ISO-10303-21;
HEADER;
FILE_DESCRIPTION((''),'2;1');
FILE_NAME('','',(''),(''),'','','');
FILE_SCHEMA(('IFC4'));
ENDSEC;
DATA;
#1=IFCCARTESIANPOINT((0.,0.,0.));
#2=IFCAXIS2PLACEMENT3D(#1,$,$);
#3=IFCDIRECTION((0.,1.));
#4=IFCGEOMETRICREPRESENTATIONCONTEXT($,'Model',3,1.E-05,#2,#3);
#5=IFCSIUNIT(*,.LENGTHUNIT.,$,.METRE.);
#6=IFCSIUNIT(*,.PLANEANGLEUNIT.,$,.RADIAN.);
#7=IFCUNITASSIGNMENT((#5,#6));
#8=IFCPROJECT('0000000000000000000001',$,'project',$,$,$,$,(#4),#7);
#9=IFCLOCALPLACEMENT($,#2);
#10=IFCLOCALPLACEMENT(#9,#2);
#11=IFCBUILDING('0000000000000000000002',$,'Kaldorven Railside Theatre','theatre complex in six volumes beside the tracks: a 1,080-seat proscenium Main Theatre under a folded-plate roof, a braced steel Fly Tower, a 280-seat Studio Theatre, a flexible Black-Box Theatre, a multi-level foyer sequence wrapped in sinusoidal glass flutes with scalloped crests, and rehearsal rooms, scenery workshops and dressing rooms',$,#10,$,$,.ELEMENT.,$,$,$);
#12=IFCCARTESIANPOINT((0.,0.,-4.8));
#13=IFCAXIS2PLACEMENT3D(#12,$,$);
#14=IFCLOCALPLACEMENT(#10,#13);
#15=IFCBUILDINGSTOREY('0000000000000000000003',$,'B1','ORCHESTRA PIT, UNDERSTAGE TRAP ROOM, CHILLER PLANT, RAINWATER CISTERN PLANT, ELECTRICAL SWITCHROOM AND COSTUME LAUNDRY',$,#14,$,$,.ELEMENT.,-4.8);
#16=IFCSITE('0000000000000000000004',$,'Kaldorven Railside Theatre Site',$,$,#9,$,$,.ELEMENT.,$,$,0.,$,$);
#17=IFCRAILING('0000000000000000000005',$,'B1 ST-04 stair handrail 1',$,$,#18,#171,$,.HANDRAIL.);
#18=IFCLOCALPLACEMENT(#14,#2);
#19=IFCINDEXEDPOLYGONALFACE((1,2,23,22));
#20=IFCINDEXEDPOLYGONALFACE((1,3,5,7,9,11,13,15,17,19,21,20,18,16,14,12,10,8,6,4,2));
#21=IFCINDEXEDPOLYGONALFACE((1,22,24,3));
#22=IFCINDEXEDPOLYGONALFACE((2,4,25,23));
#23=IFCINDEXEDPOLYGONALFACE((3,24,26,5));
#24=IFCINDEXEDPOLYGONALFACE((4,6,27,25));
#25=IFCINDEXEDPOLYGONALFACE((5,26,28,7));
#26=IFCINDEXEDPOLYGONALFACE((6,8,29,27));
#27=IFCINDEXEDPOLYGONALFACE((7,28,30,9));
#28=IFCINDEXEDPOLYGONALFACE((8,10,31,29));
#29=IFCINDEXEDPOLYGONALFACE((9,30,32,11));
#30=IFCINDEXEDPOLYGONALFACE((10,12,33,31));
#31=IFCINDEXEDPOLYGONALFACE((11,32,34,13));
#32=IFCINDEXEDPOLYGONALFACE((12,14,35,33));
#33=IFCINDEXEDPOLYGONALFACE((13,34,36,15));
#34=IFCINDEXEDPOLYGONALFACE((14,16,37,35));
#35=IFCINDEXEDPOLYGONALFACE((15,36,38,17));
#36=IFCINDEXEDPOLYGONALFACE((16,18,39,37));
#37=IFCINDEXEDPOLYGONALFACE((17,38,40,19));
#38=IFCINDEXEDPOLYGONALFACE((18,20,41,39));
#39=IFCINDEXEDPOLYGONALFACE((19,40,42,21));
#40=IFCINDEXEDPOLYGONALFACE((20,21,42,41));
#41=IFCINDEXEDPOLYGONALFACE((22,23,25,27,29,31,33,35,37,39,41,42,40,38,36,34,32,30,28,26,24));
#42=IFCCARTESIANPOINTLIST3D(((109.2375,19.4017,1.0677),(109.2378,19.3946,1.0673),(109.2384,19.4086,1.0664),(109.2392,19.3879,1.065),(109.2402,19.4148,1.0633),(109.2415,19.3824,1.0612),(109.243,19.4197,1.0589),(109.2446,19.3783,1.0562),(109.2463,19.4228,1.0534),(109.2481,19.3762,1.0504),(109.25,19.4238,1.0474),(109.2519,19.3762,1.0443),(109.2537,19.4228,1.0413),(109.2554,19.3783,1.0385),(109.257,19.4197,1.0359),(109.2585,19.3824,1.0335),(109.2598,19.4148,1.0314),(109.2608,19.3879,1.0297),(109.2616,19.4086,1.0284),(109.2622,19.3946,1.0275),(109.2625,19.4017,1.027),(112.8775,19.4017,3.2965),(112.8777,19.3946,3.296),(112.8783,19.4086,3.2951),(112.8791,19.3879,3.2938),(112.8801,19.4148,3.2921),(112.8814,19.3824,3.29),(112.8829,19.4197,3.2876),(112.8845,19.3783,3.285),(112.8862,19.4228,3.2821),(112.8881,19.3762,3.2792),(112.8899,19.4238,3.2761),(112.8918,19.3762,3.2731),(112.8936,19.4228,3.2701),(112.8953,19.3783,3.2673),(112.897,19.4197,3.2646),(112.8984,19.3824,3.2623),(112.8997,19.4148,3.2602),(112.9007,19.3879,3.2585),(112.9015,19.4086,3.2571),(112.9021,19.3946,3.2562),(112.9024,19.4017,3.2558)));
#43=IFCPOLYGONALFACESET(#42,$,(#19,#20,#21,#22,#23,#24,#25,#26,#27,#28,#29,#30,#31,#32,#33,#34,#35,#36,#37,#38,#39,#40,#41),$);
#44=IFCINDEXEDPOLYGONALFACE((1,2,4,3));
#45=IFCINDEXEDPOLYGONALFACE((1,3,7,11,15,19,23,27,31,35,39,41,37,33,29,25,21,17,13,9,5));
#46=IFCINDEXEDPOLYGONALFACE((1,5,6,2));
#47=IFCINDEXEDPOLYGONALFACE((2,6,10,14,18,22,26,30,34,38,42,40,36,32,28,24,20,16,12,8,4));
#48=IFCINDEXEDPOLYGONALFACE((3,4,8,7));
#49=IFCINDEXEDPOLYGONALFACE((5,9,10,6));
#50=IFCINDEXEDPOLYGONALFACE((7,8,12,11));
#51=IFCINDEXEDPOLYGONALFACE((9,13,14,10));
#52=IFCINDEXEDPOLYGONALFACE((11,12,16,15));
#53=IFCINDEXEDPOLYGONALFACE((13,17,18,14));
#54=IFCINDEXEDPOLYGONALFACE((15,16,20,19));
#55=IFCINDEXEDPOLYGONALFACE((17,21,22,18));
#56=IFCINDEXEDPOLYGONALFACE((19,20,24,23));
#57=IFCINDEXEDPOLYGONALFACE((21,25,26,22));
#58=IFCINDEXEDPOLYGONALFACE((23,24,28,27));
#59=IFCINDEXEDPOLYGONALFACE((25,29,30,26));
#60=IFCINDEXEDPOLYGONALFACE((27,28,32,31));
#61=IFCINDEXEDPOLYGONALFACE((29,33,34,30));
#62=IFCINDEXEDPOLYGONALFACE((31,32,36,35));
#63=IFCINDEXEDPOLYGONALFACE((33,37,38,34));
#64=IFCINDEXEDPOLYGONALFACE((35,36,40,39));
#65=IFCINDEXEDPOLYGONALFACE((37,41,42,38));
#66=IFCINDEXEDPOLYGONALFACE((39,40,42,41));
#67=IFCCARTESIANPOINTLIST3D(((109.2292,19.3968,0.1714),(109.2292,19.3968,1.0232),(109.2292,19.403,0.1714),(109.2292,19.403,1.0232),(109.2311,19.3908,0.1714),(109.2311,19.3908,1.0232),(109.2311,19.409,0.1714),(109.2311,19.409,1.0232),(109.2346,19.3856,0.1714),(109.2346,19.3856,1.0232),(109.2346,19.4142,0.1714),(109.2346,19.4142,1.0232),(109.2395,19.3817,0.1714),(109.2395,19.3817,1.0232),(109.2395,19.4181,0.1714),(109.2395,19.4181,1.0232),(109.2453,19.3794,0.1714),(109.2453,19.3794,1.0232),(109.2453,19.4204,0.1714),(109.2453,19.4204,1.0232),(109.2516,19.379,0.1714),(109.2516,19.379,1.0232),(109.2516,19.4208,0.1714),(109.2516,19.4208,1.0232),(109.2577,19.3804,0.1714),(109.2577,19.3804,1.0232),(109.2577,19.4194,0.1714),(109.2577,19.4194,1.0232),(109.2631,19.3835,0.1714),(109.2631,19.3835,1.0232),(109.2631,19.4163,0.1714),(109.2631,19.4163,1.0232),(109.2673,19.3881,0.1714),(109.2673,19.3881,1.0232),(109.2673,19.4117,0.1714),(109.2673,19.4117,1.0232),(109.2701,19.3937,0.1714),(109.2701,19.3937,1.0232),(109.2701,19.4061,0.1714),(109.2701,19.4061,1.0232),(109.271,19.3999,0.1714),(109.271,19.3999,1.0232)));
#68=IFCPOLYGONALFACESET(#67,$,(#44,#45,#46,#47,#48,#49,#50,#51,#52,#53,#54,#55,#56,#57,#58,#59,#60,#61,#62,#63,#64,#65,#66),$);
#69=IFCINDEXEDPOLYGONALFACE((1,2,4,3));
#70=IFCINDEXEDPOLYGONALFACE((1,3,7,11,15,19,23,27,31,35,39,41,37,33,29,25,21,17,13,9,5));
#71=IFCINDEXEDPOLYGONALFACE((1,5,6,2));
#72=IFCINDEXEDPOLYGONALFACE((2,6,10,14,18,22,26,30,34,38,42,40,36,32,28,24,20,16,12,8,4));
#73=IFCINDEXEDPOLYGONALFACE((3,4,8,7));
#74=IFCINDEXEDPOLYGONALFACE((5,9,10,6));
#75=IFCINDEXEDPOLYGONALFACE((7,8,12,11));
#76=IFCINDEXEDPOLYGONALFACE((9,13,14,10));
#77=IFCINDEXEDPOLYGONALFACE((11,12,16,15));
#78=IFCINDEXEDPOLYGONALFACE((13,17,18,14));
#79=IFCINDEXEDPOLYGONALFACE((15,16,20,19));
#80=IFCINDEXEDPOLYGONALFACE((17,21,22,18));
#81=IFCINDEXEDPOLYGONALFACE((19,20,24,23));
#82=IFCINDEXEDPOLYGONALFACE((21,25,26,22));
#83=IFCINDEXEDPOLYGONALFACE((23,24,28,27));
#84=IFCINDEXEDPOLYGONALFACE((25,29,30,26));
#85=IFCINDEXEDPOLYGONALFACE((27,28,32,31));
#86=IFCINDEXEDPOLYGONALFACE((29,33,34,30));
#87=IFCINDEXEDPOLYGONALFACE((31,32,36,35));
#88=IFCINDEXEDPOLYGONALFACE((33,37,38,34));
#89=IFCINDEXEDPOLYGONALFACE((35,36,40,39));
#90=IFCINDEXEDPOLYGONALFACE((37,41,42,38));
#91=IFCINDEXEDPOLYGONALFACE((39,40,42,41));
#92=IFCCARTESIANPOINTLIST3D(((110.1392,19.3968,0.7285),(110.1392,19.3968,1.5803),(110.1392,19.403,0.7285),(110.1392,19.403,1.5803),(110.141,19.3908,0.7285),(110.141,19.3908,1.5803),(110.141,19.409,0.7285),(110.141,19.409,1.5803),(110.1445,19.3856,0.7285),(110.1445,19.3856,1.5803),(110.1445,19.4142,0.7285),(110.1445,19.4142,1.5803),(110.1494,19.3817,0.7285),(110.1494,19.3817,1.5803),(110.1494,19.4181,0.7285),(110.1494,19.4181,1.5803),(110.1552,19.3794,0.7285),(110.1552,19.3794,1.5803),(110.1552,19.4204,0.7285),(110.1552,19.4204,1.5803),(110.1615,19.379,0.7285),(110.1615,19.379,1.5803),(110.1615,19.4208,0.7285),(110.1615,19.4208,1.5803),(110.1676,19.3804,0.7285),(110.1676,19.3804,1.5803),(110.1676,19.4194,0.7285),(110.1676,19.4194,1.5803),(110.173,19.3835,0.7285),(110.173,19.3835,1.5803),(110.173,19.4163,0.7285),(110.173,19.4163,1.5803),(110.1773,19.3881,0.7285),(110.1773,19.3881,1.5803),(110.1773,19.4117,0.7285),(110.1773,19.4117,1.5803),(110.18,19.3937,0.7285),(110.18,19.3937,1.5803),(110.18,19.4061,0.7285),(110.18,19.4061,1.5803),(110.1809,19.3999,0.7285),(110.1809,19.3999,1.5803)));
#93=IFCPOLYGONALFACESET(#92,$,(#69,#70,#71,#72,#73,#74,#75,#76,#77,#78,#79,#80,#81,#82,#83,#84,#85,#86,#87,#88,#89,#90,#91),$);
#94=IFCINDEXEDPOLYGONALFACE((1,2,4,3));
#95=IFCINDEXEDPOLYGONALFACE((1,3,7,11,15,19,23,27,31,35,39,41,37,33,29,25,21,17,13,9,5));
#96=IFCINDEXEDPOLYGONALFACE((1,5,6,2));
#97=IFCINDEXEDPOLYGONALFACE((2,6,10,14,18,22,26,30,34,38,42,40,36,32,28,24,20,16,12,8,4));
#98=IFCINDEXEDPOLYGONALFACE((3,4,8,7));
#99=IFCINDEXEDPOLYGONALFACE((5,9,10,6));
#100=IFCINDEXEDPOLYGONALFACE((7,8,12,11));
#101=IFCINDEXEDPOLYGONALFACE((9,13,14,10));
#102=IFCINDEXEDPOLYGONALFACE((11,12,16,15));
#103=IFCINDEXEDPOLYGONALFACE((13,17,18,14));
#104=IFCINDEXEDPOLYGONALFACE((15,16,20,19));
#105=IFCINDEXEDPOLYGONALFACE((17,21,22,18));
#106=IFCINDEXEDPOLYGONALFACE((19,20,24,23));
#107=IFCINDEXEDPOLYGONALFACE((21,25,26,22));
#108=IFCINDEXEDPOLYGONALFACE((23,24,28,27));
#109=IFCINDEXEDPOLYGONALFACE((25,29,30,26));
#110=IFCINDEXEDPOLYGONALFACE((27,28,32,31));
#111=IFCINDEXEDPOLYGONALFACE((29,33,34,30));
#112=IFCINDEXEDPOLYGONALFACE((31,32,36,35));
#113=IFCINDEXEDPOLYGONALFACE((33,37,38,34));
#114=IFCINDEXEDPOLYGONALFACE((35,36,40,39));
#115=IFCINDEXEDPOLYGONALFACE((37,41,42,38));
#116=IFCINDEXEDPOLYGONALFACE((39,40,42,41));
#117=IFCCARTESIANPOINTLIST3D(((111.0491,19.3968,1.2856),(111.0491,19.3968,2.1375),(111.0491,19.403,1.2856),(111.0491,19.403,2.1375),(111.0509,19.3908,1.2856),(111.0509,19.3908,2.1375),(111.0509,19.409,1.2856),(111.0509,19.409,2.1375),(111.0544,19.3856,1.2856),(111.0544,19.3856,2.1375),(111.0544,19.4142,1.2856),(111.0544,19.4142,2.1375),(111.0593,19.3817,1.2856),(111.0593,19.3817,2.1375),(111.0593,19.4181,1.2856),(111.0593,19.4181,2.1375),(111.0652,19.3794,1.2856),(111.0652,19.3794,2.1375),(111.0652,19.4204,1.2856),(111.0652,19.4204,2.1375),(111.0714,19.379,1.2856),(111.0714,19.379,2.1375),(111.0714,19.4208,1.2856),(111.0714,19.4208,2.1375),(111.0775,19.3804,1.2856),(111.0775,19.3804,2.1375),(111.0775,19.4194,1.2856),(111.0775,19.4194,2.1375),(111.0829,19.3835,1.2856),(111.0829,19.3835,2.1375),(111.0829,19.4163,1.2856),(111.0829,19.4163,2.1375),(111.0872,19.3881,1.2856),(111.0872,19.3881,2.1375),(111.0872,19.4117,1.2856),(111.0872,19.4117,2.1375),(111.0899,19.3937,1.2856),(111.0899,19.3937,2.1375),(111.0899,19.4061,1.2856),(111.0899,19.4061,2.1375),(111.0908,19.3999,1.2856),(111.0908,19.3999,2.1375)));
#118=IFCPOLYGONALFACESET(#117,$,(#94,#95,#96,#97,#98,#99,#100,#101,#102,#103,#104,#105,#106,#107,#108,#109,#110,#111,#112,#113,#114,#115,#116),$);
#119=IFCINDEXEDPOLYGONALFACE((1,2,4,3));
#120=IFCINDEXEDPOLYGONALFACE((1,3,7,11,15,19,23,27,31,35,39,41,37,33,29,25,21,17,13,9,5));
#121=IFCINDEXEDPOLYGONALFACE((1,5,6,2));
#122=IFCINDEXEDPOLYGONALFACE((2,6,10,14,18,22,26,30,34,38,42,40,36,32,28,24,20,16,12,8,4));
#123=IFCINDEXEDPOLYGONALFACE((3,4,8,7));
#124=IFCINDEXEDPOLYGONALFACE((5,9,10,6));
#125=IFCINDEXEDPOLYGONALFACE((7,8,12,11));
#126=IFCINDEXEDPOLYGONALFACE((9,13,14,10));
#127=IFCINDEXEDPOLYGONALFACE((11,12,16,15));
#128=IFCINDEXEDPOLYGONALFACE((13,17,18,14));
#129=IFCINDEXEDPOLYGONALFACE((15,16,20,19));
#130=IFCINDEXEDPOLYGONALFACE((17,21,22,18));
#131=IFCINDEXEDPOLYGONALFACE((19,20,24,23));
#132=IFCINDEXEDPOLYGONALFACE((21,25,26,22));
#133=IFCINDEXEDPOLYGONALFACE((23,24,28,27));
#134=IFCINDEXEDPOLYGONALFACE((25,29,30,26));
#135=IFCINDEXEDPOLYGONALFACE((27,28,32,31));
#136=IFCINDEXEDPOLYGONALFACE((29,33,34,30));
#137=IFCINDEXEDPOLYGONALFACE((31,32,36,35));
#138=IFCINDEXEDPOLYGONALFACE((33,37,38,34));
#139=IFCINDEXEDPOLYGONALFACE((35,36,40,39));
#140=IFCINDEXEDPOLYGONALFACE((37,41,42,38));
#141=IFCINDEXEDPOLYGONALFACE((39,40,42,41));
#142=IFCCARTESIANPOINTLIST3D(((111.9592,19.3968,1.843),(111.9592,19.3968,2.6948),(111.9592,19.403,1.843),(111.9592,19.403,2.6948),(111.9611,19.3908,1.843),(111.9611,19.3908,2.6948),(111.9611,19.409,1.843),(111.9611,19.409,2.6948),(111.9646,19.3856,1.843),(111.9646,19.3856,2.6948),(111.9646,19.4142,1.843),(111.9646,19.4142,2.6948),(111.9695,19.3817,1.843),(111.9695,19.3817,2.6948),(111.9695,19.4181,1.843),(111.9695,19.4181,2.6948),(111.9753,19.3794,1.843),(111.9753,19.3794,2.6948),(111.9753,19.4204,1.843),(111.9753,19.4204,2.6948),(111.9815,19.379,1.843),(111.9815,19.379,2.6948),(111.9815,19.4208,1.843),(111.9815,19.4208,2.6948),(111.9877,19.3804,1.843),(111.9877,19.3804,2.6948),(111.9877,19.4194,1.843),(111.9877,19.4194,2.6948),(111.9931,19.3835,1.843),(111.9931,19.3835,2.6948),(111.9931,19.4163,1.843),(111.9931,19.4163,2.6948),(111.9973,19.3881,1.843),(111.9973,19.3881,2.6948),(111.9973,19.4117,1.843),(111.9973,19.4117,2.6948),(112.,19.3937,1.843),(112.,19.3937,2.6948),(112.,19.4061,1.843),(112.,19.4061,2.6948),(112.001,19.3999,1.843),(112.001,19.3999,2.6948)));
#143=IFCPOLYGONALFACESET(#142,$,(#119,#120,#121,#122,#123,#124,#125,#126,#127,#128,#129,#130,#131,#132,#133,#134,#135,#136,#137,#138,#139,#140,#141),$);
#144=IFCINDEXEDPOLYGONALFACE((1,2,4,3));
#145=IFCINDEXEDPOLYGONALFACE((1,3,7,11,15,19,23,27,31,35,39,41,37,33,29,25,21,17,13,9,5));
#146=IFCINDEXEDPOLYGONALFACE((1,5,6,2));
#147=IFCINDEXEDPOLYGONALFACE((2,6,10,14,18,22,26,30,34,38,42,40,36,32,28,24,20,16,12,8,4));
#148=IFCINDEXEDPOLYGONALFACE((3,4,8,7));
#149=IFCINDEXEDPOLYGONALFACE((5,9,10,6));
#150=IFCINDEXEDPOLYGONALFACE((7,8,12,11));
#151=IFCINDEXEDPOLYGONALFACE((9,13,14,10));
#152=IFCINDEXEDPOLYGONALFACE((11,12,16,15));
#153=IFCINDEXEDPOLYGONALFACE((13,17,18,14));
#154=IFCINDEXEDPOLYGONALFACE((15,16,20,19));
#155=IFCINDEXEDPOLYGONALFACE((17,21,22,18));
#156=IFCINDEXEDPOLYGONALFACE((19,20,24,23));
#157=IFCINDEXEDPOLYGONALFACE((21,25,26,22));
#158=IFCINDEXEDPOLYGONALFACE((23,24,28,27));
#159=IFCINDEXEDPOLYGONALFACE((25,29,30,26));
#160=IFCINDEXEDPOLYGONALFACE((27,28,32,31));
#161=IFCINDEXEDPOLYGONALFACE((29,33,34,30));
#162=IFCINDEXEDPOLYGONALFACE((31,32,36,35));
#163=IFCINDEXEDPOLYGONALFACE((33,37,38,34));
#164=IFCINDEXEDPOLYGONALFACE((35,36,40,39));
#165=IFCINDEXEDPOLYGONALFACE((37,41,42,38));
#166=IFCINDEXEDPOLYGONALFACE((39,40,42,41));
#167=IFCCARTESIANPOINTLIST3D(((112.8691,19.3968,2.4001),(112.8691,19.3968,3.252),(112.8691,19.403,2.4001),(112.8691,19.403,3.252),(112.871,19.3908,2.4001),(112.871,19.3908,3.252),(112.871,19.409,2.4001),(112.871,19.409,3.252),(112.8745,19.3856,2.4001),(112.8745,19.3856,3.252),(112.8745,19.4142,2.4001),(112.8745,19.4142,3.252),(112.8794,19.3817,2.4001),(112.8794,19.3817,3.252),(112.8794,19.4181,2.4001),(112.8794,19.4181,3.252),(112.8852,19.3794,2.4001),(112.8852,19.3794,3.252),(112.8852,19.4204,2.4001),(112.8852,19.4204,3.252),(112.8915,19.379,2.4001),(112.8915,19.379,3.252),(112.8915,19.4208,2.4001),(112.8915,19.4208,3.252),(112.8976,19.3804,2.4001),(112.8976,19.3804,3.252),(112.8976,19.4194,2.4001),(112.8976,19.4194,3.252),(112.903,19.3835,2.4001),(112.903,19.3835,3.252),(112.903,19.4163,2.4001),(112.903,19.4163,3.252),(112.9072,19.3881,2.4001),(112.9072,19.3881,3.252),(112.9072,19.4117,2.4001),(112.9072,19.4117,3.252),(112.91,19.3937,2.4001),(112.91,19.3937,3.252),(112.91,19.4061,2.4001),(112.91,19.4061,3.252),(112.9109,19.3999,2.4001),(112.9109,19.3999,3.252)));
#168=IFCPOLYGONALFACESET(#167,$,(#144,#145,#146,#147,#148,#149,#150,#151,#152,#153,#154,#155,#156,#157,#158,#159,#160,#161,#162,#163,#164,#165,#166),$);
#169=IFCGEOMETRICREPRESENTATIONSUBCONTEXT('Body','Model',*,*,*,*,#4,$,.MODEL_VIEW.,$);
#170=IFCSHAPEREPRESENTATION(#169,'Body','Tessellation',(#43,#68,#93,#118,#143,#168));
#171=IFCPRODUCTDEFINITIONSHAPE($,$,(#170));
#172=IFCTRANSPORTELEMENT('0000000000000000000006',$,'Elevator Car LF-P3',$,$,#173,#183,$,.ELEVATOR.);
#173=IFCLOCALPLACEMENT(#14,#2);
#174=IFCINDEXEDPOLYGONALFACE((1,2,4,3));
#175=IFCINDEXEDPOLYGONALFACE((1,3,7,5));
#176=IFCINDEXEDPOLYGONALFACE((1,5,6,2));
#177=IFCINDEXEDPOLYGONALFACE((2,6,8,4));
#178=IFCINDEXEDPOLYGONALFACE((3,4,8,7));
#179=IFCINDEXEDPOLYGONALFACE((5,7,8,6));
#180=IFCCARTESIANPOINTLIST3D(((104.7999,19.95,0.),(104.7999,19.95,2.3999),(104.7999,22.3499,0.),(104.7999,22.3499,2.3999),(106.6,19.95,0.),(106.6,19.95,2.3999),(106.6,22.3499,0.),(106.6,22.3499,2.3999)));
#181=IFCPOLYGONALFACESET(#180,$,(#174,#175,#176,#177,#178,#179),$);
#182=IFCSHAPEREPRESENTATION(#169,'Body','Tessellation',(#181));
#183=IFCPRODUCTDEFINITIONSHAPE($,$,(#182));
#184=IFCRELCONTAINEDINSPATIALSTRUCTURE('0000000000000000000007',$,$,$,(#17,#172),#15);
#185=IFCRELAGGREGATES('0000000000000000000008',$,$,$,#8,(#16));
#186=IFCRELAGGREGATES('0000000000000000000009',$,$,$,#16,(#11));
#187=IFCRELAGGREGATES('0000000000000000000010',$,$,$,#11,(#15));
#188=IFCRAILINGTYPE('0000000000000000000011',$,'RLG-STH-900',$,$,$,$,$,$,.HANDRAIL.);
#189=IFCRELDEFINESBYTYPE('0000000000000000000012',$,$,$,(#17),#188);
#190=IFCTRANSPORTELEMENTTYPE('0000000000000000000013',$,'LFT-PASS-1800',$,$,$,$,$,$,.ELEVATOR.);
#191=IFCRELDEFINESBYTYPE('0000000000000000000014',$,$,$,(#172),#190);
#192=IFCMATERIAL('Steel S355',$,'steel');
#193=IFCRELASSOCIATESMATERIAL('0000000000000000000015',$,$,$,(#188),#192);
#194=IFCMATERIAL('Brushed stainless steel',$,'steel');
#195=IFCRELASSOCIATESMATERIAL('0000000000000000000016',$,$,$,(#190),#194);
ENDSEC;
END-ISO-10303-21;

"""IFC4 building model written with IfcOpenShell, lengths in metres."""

from ifc_helpers import new_model, si_unit, direction, frame, origin, origin_2d, place, context, subcontext, project, spatial, rectangle, circle, extrude, material, type_object, element, save


model = new_model("IFC4")

# Units and contexts
model_context = context("Model", 3, precision=1e-05, world=origin(), true_north=direction((0.0, 1.0)))
body_context = subcontext(model_context, "Body", "Model", "MODEL_VIEW")
ifc_project = project(units=[si_unit("LENGTHUNIT", "METRE"), si_unit("PLANEANGLEUNIT", "RADIAN")], contexts=[model_context])

# Site, building, storey
site_placement = place(None, origin())
site = spatial("IfcSite", under=ifc_project, at=site_placement, Name="Kaldorven Railside Theatre Site", CompositionType="ELEMENT", RefElevation=0.0)
building_placement = place(site_placement, origin())
building = spatial("IfcBuilding", under=site, at=building_placement, Name="Kaldorven Railside Theatre", Description="theatre complex in six volumes beside the tracks: a 1,080-seat proscenium Main Theatre under a folded-plate roof, a braced steel Fly Tower, a 280-seat Studio Theatre, a flexible Black-Box Theatre, a multi-level foyer sequence wrapped in sinusoidal glass flutes with scalloped crests, and rehearsal rooms, scenery workshops and dressing rooms", CompositionType="ELEMENT")
storey_placement = place(building_placement, frame((0.0, 0.0, -4.8)))
storey = spatial("IfcBuildingStorey", under=building, at=storey_placement, Name="B1", Description="ORCHESTRA PIT, UNDERSTAGE TRAP ROOM, CHILLER PLANT, RAINWATER CISTERN PLANT, ELECTRICAL SWITCHROOM AND COSTUME LAUNDRY", CompositionType="ELEMENT", Elevation=-4.8)

# Railing
ifc_material_1 = material(Name="Steel S355", Category="steel")
railing_type_1 = type_object("IfcRailingType", Name="RLG-STH-900", PredefinedType="HANDRAIL", material=ifc_material_1)
railing_1_placement = place(storey_placement, frame((109.25, 19.3999, 0.1714)))
element("IfcRailing", 1, at=railing_1_placement, inside=storey, type_object=railing_type_1, Name="B1 ST-04 stair handrail 1", PredefinedType="HANDRAIL", context=body_context, shape_type="SweptSolid", body=[
    extrude(circle(Radius=0.0239, at=origin_2d()), frame((0.0, 0.0, 0.876), z_axis=(0.852825, 0.0, 0.522197), x_axis=(0.0, 1.0, 0.0)), (0.0, 0.0, 1.0), 4.2681),
    extrude(circle(Radius=0.021, at=origin_2d()), origin(), (0.0, 0.0, 1.0), 0.8518),
    extrude(circle(Radius=0.021, at=origin_2d()), frame((0.9099, 0.0, 0.5571)), (0.0, 0.0, 1.0), 0.8518),
    extrude(circle(Radius=0.021, at=origin_2d()), frame((1.8198, 0.0, 1.1143)), (0.0, 0.0, 1.0), 0.8518),
    extrude(circle(Radius=0.021, at=origin_2d()), frame((2.73, 0.0, 1.6716)), (0.0, 0.0, 1.0), 0.8518),
    extrude(circle(Radius=0.021, at=origin_2d()), frame((3.6399, 0.0, 2.2288)), (0.0, 0.0, 1.0), 0.8518),
])

# Transport element
ifc_material_2 = material(Name="Brushed stainless steel", Category="steel")
transport_element_type = type_object("IfcTransportElementType", Name="LFT-PASS-1800", PredefinedType="ELEVATOR", material=ifc_material_2)
transport_element_placement = place(storey_placement, frame((105.7, 21.1499, 0.0), z_axis=(0.0, 0.0, 1.0), x_axis=(1.0, 0.0, 0.0)))
element("IfcTransportElement", 2, at=transport_element_placement, inside=storey, type_object=transport_element_type, Name="Elevator Car LF-P3", PredefinedType="ELEVATOR", context=body_context, shape_type="SweptSolid", body=[
    extrude(rectangle(XDim=1.8, YDim=2.3999, at=origin_2d()), origin(), (0.0, 0.0, 1.0), 2.3999),
])

save(model, "model.ifc")
